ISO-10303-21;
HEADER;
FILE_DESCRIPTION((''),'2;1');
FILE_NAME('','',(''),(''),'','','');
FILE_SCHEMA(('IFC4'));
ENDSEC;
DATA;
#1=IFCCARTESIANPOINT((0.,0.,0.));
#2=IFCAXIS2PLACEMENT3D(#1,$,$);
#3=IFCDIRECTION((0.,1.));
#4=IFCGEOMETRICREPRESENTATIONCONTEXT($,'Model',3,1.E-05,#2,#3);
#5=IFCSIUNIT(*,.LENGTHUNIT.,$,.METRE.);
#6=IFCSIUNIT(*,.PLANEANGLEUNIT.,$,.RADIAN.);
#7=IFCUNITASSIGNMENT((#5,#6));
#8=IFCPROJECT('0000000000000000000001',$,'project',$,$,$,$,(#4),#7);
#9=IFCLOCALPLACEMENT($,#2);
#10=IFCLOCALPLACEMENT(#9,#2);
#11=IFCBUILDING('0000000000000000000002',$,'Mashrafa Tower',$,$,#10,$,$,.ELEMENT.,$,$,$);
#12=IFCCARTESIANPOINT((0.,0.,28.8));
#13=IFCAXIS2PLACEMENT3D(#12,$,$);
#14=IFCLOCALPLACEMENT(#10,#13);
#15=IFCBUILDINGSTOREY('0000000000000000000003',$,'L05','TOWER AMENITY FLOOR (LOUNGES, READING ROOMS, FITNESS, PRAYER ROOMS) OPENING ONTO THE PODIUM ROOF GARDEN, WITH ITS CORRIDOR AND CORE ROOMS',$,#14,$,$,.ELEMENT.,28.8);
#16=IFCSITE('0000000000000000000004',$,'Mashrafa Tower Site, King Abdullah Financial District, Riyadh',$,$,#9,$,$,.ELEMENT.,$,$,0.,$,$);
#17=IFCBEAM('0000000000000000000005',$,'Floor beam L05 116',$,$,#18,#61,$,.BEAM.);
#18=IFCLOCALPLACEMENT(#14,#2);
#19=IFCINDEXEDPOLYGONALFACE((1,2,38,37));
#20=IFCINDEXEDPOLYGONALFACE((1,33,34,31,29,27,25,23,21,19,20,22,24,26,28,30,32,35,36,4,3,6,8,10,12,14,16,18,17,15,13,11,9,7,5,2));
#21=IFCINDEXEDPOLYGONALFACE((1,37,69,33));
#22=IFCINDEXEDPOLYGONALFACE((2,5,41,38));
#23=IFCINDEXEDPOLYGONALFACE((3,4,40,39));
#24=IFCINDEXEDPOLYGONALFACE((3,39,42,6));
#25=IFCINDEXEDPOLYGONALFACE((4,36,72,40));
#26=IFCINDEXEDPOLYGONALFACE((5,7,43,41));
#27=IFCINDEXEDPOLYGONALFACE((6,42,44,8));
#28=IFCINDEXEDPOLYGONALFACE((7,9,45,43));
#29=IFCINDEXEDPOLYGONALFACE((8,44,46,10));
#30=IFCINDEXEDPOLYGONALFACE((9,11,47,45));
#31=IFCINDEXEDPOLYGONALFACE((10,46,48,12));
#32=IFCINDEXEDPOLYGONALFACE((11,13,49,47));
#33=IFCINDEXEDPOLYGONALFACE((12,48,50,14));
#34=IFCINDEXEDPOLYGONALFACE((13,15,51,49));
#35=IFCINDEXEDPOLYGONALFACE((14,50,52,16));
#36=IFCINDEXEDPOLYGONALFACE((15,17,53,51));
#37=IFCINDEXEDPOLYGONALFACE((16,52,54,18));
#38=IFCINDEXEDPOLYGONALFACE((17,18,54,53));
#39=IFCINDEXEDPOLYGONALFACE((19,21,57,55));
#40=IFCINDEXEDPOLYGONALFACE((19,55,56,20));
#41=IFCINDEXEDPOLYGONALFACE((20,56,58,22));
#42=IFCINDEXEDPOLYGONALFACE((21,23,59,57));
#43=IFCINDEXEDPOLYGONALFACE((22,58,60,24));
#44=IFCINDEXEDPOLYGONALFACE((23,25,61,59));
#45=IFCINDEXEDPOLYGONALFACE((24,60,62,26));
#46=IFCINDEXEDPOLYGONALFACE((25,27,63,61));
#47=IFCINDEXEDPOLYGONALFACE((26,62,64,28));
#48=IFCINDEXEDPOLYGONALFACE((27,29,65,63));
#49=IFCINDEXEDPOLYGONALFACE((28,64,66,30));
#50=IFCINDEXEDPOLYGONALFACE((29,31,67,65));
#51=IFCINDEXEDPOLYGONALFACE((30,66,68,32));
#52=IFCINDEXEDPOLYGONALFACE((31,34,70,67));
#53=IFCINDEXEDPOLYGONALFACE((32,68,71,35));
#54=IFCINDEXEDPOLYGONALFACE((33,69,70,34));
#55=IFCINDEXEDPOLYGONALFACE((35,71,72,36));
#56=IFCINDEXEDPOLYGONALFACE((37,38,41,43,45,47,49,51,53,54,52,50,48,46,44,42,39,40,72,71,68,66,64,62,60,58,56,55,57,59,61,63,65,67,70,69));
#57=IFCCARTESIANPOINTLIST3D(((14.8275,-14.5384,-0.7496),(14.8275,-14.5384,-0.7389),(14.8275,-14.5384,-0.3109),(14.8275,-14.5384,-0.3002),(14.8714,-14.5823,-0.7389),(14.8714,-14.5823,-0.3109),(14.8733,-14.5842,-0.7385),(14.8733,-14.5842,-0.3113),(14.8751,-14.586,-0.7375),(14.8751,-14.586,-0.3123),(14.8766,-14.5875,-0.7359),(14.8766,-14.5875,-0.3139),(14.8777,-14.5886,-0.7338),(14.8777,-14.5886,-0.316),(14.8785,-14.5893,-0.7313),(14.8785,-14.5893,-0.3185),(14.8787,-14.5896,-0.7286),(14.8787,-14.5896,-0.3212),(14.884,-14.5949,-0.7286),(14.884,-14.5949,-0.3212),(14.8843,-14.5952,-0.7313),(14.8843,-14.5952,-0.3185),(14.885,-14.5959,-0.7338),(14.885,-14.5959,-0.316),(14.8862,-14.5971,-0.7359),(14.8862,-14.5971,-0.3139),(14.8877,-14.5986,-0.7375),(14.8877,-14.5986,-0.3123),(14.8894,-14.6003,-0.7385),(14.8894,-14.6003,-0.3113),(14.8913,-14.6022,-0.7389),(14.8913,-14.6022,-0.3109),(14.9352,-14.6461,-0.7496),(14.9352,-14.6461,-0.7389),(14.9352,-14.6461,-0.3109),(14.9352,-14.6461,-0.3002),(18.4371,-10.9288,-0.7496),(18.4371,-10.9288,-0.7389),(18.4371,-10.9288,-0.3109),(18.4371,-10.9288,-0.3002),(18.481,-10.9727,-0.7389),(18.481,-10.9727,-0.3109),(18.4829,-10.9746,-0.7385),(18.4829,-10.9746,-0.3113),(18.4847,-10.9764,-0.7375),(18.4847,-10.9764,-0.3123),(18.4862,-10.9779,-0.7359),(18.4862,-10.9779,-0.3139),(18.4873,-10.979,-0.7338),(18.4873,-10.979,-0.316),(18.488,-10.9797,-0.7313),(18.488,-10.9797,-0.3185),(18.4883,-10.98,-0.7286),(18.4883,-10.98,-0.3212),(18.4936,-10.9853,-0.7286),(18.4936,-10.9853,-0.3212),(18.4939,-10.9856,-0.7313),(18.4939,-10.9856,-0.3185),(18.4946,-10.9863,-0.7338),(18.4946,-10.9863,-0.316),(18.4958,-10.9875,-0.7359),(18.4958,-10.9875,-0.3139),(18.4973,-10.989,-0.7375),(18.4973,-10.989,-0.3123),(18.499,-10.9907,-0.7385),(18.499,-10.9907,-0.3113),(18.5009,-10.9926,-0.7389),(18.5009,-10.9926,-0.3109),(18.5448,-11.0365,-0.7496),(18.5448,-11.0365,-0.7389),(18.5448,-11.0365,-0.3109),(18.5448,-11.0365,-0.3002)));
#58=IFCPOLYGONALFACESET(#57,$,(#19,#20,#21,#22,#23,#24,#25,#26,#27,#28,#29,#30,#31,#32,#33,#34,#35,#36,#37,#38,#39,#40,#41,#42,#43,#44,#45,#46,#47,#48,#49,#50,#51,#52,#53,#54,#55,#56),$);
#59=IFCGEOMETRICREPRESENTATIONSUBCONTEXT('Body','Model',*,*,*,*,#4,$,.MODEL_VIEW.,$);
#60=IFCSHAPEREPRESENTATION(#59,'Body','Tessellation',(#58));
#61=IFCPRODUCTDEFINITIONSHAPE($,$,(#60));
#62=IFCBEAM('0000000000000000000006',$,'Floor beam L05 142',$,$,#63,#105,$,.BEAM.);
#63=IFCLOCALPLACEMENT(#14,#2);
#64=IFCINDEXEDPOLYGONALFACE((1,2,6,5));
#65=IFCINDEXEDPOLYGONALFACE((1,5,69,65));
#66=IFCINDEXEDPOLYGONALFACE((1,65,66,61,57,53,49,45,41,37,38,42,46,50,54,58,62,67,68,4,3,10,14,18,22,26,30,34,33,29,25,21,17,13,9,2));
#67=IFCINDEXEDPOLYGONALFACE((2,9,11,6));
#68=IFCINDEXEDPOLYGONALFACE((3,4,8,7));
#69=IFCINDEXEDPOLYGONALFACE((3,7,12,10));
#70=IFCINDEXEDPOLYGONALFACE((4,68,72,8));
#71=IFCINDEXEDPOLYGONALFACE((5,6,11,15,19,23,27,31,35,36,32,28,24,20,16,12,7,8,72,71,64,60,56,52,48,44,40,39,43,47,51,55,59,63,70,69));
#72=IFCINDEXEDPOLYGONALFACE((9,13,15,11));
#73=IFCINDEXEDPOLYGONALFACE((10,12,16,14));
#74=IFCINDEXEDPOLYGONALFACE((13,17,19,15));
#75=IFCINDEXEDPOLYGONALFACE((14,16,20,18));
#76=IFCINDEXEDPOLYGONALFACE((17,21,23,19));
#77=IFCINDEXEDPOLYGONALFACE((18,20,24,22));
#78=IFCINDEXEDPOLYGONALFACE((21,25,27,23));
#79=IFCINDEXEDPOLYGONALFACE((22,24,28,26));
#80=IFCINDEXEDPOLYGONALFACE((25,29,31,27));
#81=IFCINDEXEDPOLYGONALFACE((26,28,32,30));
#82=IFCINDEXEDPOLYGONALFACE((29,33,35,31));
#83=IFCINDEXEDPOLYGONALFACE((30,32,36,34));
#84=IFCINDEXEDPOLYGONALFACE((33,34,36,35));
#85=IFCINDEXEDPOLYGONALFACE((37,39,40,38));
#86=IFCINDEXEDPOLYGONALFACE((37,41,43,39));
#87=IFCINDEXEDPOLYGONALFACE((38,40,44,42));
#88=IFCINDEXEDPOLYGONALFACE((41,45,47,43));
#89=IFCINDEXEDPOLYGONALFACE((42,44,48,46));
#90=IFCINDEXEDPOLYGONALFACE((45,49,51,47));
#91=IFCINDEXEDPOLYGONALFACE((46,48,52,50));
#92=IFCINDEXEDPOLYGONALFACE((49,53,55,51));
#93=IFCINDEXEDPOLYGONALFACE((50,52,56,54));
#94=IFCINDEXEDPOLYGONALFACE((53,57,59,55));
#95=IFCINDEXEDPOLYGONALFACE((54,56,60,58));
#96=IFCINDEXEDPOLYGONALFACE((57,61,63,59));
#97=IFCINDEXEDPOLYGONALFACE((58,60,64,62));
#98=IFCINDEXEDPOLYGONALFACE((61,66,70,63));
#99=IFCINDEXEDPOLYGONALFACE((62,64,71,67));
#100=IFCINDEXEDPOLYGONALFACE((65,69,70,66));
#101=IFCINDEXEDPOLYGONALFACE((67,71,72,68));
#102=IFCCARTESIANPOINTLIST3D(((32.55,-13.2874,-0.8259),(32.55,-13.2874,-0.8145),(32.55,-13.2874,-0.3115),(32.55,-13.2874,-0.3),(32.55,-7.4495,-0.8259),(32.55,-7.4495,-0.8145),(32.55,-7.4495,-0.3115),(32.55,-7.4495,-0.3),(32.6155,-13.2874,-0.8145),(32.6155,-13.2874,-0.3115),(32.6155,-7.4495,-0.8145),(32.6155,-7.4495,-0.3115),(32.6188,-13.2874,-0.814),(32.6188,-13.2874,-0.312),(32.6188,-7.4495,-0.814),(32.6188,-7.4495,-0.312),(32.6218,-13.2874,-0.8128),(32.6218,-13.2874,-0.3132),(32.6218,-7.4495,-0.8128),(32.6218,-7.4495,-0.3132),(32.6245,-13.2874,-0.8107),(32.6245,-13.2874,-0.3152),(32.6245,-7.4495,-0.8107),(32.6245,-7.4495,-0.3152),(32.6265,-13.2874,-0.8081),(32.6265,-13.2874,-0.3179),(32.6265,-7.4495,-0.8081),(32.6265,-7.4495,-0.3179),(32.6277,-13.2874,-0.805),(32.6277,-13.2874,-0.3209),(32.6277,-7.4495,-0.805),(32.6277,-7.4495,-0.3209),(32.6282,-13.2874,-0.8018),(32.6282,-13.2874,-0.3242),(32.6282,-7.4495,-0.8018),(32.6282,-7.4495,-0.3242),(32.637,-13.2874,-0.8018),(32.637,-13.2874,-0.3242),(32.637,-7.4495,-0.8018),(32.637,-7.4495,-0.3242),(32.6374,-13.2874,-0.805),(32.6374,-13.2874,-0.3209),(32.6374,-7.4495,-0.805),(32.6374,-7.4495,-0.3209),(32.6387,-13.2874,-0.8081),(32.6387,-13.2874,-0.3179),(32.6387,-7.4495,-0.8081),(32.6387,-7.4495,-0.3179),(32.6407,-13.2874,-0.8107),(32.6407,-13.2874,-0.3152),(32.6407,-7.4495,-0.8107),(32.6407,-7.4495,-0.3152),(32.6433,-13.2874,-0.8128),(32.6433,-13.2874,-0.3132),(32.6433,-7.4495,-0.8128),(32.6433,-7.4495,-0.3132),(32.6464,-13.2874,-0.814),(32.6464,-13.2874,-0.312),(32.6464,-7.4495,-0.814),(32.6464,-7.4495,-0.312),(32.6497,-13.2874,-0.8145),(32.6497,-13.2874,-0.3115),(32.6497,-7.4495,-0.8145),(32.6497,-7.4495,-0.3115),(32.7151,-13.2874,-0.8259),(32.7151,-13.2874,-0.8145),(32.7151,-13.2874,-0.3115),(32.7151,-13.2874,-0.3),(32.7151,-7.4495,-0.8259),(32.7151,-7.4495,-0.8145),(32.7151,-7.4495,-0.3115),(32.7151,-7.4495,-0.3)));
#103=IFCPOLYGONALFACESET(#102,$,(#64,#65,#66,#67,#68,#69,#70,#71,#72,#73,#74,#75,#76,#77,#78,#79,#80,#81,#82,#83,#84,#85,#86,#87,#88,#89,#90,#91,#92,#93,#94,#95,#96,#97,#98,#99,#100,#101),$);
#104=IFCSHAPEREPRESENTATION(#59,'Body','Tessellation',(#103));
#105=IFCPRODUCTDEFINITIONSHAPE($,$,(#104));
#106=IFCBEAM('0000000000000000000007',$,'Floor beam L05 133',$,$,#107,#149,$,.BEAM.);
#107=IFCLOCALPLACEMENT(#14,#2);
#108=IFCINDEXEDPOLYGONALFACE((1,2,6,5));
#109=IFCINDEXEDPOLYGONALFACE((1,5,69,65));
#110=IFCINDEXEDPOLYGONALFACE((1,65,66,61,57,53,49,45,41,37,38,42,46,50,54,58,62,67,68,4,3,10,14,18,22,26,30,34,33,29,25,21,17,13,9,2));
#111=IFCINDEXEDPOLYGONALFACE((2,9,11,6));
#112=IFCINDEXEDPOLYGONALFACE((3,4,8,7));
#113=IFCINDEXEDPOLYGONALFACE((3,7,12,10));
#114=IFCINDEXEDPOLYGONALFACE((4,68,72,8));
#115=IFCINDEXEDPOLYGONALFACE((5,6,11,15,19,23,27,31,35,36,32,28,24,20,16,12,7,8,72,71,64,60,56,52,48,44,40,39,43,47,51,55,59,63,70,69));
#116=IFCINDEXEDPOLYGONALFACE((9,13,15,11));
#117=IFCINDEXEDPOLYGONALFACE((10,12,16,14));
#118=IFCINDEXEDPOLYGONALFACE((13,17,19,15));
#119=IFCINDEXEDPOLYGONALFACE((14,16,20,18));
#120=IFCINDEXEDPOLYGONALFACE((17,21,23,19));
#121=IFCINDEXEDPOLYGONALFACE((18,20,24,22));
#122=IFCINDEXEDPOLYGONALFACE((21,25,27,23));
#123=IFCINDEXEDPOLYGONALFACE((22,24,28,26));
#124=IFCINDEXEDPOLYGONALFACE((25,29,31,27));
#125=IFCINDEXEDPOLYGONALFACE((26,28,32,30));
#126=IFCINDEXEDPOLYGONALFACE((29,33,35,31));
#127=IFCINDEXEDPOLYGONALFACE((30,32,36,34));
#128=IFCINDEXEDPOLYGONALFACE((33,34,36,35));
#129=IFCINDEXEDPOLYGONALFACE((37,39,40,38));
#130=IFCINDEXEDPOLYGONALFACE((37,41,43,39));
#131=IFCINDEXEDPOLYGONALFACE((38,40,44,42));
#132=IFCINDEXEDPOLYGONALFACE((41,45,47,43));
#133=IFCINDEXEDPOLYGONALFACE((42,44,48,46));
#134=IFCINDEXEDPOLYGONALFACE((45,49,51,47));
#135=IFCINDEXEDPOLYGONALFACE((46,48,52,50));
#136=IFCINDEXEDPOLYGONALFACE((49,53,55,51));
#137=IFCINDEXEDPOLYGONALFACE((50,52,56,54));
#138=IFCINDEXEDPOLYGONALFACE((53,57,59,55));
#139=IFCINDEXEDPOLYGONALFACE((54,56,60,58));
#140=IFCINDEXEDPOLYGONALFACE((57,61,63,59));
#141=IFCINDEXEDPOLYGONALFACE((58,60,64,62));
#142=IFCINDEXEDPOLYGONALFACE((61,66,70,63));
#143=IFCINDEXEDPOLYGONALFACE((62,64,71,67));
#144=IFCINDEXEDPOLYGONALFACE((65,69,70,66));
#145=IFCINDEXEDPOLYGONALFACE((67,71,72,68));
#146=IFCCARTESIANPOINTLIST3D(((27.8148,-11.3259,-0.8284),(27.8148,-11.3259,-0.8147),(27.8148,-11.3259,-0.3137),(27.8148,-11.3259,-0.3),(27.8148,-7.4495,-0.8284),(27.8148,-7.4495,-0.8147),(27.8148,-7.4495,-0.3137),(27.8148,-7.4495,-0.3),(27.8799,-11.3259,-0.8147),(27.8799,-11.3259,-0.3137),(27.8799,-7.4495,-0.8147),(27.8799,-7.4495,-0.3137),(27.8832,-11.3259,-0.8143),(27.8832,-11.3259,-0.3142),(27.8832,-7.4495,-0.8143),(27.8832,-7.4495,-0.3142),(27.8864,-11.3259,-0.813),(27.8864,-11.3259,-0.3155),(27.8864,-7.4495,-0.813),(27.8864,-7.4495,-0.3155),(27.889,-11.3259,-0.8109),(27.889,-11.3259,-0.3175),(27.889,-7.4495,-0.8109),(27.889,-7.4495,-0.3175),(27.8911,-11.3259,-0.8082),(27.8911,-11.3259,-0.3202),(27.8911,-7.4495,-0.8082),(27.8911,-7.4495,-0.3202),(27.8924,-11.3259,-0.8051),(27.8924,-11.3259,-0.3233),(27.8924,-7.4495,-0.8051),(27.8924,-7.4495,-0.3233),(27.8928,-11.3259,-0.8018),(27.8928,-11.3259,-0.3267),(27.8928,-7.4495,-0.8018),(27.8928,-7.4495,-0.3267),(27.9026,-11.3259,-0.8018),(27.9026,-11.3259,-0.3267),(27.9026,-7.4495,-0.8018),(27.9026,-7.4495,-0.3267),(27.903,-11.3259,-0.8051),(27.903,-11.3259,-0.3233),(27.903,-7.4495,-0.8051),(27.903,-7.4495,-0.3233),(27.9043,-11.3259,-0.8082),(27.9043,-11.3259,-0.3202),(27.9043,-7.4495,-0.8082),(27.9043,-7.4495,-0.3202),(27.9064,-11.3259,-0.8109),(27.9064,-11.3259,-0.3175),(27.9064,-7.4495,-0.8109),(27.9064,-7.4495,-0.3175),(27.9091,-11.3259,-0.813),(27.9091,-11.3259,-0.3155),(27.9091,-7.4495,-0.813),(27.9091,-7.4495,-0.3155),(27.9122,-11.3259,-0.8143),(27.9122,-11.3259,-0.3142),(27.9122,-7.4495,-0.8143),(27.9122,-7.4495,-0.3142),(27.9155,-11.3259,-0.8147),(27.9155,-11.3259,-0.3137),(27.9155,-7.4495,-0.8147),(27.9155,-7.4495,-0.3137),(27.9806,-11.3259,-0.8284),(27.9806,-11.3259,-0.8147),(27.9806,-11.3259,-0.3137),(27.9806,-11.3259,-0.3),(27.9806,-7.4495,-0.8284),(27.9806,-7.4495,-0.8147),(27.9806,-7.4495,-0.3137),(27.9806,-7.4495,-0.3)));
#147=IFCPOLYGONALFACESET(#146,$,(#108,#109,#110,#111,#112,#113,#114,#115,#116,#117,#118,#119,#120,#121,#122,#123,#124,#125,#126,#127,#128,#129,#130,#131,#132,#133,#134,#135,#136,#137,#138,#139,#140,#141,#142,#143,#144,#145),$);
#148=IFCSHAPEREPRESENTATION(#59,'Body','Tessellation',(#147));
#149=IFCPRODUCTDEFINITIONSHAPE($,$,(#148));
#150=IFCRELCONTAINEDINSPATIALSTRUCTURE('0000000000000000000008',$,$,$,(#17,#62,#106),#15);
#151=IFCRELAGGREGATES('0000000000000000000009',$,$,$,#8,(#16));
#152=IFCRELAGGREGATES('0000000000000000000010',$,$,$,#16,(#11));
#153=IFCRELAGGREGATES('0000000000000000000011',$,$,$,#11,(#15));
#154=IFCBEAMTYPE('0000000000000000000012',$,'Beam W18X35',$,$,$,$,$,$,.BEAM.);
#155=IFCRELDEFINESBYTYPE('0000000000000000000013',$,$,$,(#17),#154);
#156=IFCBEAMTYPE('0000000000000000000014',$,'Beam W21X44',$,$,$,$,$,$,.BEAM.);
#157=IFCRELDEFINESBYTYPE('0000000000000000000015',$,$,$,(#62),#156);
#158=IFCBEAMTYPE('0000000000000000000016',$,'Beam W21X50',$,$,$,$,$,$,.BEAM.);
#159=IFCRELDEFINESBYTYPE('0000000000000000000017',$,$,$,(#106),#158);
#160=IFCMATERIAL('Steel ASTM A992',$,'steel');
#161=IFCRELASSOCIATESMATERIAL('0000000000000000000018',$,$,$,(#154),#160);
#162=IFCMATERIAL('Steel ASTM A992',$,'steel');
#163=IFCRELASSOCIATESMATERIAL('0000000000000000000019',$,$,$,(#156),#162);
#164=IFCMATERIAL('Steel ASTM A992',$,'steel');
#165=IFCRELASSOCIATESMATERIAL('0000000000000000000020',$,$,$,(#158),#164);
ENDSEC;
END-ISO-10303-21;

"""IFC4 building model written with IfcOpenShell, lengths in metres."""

from ifc_helpers import new_model, si_unit, direction, frame, origin, origin_2d, place, context, subcontext, project, spatial, i_section, extrude, material, material_profile, profile_set, type_object, element, save


model = new_model("IFC4")

# Units and contexts
model_context = context("Model", 3, precision=1e-05, world=origin(), true_north=direction((0.0, 1.0)))
body_context = subcontext(model_context, "Body", "Model", "MODEL_VIEW")
ifc_project = project(units=[si_unit("LENGTHUNIT", "METRE"), si_unit("PLANEANGLEUNIT", "RADIAN")], contexts=[model_context])

# Site, building, storey
site_placement = place(None, origin())
site = spatial("IfcSite", under=ifc_project, at=site_placement, Name="Mashrafa Tower Site, King Abdullah Financial District, Riyadh", CompositionType="ELEMENT", RefElevation=0.0)
building_placement = place(site_placement, origin())
building = spatial("IfcBuilding", under=site, at=building_placement, Name="Mashrafa Tower", CompositionType="ELEMENT")
storey_placement = place(building_placement, frame((0.0, 0.0, 28.8)))
storey = spatial("IfcBuildingStorey", under=building, at=storey_placement, Name="L05", Description="TOWER AMENITY FLOOR (LOUNGES, READING ROOMS, FITNESS, PRAYER ROOMS) OPENING ONTO THE PODIUM ROOF GARDEN, WITH ITS CORRIDOR AND CORE ROOMS", CompositionType="ELEMENT", Elevation=28.8)

# Beams
ifc_material_1 = material(Name="Steel ASTM A992", Category="steel")
ifc_material_profile_1 = material_profile(ifc_material_1, i_section(OverallWidth=0.1523, OverallDepth=0.4495, WebThickness=0.0076, FlangeThickness=0.0107, FilletRadius=0.0103, at=origin_2d()), Name="W18X35")
ifc_profile_set_1 = profile_set([ifc_material_profile_1], Name="Steel ASTM A992")
beam_type_1 = type_object("IfcBeamType", Name="Beam W18X35", PredefinedType="BEAM", material=ifc_profile_set_1)
beam_1_placement = place(storey_placement, frame((18.491, -10.9827, -0.5249), z_axis=(-0.707107, -0.707107, 0.0), x_axis=(0.707107, -0.707107, 0.0)))
element("IfcBeam", 1, at=beam_1_placement, inside=storey, type_object=beam_type_1, Name="Floor beam L05 116", PredefinedType="BEAM", context=body_context, shape_type="SweptSolid", body=[
    extrude(i_section(OverallWidth=0.1523, OverallDepth=0.4495, WebThickness=0.0076, FlangeThickness=0.0107, FilletRadius=0.0103, at=origin_2d()), origin(), (0.0, 0.0, 1.0), 5.1047),
])
ifc_material_2 = material(Name="Steel ASTM A992", Category="steel")
ifc_material_profile_2 = material_profile(ifc_material_2, i_section(OverallWidth=0.165, OverallDepth=0.5259, WebThickness=0.0088, FlangeThickness=0.0115, FilletRadius=0.0127, at=origin_2d()), Name="W21X44")
ifc_profile_set_2 = profile_set([ifc_material_profile_2], Name="Steel ASTM A992")
beam_type_2 = type_object("IfcBeamType", Name="Beam W21X44", PredefinedType="BEAM", material=ifc_profile_set_2)
beam_2_placement = place(storey_placement, frame((32.6326, -7.4495, -0.563), z_axis=(0.0, -1.0, 0.0), x_axis=(1.0, 0.0, 0.0)))
element("IfcBeam", 2, at=beam_2_placement, inside=storey, type_object=beam_type_2, Name="Floor beam L05 142", PredefinedType="BEAM", context=body_context, shape_type="SweptSolid", body=[
    extrude(i_section(OverallWidth=0.165, OverallDepth=0.5259, WebThickness=0.0088, FlangeThickness=0.0115, FilletRadius=0.0127, at=origin_2d()), origin(), (0.0, 0.0, 1.0), 5.8379),
])
ifc_material_3 = material(Name="Steel ASTM A992", Category="steel")
ifc_material_profile_3 = material_profile(ifc_material_3, i_section(OverallWidth=0.1658, OverallDepth=0.5283, WebThickness=0.0098, FlangeThickness=0.0137, FilletRadius=0.0129, at=origin_2d()), Name="W21X50")
ifc_profile_set_3 = profile_set([ifc_material_profile_3], Name="Steel ASTM A992")
beam_type_3 = type_object("IfcBeamType", Name="Beam W21X50", PredefinedType="BEAM", material=ifc_profile_set_3)
beam_3_placement = place(storey_placement, frame((27.8977, -7.4495, -0.5642), z_axis=(0.0, -1.0, 0.0), x_axis=(1.0, 0.0, 0.0)))
element("IfcBeam", 3, at=beam_3_placement, inside=storey, type_object=beam_type_3, Name="Floor beam L05 133", PredefinedType="BEAM", context=body_context, shape_type="SweptSolid", body=[
    extrude(i_section(OverallWidth=0.1658, OverallDepth=0.5283, WebThickness=0.0098, FlangeThickness=0.0137, FilletRadius=0.0129, at=origin_2d()), origin(), (0.0, 0.0, 1.0), 3.8765),
])

save(model, "model.ifc")
